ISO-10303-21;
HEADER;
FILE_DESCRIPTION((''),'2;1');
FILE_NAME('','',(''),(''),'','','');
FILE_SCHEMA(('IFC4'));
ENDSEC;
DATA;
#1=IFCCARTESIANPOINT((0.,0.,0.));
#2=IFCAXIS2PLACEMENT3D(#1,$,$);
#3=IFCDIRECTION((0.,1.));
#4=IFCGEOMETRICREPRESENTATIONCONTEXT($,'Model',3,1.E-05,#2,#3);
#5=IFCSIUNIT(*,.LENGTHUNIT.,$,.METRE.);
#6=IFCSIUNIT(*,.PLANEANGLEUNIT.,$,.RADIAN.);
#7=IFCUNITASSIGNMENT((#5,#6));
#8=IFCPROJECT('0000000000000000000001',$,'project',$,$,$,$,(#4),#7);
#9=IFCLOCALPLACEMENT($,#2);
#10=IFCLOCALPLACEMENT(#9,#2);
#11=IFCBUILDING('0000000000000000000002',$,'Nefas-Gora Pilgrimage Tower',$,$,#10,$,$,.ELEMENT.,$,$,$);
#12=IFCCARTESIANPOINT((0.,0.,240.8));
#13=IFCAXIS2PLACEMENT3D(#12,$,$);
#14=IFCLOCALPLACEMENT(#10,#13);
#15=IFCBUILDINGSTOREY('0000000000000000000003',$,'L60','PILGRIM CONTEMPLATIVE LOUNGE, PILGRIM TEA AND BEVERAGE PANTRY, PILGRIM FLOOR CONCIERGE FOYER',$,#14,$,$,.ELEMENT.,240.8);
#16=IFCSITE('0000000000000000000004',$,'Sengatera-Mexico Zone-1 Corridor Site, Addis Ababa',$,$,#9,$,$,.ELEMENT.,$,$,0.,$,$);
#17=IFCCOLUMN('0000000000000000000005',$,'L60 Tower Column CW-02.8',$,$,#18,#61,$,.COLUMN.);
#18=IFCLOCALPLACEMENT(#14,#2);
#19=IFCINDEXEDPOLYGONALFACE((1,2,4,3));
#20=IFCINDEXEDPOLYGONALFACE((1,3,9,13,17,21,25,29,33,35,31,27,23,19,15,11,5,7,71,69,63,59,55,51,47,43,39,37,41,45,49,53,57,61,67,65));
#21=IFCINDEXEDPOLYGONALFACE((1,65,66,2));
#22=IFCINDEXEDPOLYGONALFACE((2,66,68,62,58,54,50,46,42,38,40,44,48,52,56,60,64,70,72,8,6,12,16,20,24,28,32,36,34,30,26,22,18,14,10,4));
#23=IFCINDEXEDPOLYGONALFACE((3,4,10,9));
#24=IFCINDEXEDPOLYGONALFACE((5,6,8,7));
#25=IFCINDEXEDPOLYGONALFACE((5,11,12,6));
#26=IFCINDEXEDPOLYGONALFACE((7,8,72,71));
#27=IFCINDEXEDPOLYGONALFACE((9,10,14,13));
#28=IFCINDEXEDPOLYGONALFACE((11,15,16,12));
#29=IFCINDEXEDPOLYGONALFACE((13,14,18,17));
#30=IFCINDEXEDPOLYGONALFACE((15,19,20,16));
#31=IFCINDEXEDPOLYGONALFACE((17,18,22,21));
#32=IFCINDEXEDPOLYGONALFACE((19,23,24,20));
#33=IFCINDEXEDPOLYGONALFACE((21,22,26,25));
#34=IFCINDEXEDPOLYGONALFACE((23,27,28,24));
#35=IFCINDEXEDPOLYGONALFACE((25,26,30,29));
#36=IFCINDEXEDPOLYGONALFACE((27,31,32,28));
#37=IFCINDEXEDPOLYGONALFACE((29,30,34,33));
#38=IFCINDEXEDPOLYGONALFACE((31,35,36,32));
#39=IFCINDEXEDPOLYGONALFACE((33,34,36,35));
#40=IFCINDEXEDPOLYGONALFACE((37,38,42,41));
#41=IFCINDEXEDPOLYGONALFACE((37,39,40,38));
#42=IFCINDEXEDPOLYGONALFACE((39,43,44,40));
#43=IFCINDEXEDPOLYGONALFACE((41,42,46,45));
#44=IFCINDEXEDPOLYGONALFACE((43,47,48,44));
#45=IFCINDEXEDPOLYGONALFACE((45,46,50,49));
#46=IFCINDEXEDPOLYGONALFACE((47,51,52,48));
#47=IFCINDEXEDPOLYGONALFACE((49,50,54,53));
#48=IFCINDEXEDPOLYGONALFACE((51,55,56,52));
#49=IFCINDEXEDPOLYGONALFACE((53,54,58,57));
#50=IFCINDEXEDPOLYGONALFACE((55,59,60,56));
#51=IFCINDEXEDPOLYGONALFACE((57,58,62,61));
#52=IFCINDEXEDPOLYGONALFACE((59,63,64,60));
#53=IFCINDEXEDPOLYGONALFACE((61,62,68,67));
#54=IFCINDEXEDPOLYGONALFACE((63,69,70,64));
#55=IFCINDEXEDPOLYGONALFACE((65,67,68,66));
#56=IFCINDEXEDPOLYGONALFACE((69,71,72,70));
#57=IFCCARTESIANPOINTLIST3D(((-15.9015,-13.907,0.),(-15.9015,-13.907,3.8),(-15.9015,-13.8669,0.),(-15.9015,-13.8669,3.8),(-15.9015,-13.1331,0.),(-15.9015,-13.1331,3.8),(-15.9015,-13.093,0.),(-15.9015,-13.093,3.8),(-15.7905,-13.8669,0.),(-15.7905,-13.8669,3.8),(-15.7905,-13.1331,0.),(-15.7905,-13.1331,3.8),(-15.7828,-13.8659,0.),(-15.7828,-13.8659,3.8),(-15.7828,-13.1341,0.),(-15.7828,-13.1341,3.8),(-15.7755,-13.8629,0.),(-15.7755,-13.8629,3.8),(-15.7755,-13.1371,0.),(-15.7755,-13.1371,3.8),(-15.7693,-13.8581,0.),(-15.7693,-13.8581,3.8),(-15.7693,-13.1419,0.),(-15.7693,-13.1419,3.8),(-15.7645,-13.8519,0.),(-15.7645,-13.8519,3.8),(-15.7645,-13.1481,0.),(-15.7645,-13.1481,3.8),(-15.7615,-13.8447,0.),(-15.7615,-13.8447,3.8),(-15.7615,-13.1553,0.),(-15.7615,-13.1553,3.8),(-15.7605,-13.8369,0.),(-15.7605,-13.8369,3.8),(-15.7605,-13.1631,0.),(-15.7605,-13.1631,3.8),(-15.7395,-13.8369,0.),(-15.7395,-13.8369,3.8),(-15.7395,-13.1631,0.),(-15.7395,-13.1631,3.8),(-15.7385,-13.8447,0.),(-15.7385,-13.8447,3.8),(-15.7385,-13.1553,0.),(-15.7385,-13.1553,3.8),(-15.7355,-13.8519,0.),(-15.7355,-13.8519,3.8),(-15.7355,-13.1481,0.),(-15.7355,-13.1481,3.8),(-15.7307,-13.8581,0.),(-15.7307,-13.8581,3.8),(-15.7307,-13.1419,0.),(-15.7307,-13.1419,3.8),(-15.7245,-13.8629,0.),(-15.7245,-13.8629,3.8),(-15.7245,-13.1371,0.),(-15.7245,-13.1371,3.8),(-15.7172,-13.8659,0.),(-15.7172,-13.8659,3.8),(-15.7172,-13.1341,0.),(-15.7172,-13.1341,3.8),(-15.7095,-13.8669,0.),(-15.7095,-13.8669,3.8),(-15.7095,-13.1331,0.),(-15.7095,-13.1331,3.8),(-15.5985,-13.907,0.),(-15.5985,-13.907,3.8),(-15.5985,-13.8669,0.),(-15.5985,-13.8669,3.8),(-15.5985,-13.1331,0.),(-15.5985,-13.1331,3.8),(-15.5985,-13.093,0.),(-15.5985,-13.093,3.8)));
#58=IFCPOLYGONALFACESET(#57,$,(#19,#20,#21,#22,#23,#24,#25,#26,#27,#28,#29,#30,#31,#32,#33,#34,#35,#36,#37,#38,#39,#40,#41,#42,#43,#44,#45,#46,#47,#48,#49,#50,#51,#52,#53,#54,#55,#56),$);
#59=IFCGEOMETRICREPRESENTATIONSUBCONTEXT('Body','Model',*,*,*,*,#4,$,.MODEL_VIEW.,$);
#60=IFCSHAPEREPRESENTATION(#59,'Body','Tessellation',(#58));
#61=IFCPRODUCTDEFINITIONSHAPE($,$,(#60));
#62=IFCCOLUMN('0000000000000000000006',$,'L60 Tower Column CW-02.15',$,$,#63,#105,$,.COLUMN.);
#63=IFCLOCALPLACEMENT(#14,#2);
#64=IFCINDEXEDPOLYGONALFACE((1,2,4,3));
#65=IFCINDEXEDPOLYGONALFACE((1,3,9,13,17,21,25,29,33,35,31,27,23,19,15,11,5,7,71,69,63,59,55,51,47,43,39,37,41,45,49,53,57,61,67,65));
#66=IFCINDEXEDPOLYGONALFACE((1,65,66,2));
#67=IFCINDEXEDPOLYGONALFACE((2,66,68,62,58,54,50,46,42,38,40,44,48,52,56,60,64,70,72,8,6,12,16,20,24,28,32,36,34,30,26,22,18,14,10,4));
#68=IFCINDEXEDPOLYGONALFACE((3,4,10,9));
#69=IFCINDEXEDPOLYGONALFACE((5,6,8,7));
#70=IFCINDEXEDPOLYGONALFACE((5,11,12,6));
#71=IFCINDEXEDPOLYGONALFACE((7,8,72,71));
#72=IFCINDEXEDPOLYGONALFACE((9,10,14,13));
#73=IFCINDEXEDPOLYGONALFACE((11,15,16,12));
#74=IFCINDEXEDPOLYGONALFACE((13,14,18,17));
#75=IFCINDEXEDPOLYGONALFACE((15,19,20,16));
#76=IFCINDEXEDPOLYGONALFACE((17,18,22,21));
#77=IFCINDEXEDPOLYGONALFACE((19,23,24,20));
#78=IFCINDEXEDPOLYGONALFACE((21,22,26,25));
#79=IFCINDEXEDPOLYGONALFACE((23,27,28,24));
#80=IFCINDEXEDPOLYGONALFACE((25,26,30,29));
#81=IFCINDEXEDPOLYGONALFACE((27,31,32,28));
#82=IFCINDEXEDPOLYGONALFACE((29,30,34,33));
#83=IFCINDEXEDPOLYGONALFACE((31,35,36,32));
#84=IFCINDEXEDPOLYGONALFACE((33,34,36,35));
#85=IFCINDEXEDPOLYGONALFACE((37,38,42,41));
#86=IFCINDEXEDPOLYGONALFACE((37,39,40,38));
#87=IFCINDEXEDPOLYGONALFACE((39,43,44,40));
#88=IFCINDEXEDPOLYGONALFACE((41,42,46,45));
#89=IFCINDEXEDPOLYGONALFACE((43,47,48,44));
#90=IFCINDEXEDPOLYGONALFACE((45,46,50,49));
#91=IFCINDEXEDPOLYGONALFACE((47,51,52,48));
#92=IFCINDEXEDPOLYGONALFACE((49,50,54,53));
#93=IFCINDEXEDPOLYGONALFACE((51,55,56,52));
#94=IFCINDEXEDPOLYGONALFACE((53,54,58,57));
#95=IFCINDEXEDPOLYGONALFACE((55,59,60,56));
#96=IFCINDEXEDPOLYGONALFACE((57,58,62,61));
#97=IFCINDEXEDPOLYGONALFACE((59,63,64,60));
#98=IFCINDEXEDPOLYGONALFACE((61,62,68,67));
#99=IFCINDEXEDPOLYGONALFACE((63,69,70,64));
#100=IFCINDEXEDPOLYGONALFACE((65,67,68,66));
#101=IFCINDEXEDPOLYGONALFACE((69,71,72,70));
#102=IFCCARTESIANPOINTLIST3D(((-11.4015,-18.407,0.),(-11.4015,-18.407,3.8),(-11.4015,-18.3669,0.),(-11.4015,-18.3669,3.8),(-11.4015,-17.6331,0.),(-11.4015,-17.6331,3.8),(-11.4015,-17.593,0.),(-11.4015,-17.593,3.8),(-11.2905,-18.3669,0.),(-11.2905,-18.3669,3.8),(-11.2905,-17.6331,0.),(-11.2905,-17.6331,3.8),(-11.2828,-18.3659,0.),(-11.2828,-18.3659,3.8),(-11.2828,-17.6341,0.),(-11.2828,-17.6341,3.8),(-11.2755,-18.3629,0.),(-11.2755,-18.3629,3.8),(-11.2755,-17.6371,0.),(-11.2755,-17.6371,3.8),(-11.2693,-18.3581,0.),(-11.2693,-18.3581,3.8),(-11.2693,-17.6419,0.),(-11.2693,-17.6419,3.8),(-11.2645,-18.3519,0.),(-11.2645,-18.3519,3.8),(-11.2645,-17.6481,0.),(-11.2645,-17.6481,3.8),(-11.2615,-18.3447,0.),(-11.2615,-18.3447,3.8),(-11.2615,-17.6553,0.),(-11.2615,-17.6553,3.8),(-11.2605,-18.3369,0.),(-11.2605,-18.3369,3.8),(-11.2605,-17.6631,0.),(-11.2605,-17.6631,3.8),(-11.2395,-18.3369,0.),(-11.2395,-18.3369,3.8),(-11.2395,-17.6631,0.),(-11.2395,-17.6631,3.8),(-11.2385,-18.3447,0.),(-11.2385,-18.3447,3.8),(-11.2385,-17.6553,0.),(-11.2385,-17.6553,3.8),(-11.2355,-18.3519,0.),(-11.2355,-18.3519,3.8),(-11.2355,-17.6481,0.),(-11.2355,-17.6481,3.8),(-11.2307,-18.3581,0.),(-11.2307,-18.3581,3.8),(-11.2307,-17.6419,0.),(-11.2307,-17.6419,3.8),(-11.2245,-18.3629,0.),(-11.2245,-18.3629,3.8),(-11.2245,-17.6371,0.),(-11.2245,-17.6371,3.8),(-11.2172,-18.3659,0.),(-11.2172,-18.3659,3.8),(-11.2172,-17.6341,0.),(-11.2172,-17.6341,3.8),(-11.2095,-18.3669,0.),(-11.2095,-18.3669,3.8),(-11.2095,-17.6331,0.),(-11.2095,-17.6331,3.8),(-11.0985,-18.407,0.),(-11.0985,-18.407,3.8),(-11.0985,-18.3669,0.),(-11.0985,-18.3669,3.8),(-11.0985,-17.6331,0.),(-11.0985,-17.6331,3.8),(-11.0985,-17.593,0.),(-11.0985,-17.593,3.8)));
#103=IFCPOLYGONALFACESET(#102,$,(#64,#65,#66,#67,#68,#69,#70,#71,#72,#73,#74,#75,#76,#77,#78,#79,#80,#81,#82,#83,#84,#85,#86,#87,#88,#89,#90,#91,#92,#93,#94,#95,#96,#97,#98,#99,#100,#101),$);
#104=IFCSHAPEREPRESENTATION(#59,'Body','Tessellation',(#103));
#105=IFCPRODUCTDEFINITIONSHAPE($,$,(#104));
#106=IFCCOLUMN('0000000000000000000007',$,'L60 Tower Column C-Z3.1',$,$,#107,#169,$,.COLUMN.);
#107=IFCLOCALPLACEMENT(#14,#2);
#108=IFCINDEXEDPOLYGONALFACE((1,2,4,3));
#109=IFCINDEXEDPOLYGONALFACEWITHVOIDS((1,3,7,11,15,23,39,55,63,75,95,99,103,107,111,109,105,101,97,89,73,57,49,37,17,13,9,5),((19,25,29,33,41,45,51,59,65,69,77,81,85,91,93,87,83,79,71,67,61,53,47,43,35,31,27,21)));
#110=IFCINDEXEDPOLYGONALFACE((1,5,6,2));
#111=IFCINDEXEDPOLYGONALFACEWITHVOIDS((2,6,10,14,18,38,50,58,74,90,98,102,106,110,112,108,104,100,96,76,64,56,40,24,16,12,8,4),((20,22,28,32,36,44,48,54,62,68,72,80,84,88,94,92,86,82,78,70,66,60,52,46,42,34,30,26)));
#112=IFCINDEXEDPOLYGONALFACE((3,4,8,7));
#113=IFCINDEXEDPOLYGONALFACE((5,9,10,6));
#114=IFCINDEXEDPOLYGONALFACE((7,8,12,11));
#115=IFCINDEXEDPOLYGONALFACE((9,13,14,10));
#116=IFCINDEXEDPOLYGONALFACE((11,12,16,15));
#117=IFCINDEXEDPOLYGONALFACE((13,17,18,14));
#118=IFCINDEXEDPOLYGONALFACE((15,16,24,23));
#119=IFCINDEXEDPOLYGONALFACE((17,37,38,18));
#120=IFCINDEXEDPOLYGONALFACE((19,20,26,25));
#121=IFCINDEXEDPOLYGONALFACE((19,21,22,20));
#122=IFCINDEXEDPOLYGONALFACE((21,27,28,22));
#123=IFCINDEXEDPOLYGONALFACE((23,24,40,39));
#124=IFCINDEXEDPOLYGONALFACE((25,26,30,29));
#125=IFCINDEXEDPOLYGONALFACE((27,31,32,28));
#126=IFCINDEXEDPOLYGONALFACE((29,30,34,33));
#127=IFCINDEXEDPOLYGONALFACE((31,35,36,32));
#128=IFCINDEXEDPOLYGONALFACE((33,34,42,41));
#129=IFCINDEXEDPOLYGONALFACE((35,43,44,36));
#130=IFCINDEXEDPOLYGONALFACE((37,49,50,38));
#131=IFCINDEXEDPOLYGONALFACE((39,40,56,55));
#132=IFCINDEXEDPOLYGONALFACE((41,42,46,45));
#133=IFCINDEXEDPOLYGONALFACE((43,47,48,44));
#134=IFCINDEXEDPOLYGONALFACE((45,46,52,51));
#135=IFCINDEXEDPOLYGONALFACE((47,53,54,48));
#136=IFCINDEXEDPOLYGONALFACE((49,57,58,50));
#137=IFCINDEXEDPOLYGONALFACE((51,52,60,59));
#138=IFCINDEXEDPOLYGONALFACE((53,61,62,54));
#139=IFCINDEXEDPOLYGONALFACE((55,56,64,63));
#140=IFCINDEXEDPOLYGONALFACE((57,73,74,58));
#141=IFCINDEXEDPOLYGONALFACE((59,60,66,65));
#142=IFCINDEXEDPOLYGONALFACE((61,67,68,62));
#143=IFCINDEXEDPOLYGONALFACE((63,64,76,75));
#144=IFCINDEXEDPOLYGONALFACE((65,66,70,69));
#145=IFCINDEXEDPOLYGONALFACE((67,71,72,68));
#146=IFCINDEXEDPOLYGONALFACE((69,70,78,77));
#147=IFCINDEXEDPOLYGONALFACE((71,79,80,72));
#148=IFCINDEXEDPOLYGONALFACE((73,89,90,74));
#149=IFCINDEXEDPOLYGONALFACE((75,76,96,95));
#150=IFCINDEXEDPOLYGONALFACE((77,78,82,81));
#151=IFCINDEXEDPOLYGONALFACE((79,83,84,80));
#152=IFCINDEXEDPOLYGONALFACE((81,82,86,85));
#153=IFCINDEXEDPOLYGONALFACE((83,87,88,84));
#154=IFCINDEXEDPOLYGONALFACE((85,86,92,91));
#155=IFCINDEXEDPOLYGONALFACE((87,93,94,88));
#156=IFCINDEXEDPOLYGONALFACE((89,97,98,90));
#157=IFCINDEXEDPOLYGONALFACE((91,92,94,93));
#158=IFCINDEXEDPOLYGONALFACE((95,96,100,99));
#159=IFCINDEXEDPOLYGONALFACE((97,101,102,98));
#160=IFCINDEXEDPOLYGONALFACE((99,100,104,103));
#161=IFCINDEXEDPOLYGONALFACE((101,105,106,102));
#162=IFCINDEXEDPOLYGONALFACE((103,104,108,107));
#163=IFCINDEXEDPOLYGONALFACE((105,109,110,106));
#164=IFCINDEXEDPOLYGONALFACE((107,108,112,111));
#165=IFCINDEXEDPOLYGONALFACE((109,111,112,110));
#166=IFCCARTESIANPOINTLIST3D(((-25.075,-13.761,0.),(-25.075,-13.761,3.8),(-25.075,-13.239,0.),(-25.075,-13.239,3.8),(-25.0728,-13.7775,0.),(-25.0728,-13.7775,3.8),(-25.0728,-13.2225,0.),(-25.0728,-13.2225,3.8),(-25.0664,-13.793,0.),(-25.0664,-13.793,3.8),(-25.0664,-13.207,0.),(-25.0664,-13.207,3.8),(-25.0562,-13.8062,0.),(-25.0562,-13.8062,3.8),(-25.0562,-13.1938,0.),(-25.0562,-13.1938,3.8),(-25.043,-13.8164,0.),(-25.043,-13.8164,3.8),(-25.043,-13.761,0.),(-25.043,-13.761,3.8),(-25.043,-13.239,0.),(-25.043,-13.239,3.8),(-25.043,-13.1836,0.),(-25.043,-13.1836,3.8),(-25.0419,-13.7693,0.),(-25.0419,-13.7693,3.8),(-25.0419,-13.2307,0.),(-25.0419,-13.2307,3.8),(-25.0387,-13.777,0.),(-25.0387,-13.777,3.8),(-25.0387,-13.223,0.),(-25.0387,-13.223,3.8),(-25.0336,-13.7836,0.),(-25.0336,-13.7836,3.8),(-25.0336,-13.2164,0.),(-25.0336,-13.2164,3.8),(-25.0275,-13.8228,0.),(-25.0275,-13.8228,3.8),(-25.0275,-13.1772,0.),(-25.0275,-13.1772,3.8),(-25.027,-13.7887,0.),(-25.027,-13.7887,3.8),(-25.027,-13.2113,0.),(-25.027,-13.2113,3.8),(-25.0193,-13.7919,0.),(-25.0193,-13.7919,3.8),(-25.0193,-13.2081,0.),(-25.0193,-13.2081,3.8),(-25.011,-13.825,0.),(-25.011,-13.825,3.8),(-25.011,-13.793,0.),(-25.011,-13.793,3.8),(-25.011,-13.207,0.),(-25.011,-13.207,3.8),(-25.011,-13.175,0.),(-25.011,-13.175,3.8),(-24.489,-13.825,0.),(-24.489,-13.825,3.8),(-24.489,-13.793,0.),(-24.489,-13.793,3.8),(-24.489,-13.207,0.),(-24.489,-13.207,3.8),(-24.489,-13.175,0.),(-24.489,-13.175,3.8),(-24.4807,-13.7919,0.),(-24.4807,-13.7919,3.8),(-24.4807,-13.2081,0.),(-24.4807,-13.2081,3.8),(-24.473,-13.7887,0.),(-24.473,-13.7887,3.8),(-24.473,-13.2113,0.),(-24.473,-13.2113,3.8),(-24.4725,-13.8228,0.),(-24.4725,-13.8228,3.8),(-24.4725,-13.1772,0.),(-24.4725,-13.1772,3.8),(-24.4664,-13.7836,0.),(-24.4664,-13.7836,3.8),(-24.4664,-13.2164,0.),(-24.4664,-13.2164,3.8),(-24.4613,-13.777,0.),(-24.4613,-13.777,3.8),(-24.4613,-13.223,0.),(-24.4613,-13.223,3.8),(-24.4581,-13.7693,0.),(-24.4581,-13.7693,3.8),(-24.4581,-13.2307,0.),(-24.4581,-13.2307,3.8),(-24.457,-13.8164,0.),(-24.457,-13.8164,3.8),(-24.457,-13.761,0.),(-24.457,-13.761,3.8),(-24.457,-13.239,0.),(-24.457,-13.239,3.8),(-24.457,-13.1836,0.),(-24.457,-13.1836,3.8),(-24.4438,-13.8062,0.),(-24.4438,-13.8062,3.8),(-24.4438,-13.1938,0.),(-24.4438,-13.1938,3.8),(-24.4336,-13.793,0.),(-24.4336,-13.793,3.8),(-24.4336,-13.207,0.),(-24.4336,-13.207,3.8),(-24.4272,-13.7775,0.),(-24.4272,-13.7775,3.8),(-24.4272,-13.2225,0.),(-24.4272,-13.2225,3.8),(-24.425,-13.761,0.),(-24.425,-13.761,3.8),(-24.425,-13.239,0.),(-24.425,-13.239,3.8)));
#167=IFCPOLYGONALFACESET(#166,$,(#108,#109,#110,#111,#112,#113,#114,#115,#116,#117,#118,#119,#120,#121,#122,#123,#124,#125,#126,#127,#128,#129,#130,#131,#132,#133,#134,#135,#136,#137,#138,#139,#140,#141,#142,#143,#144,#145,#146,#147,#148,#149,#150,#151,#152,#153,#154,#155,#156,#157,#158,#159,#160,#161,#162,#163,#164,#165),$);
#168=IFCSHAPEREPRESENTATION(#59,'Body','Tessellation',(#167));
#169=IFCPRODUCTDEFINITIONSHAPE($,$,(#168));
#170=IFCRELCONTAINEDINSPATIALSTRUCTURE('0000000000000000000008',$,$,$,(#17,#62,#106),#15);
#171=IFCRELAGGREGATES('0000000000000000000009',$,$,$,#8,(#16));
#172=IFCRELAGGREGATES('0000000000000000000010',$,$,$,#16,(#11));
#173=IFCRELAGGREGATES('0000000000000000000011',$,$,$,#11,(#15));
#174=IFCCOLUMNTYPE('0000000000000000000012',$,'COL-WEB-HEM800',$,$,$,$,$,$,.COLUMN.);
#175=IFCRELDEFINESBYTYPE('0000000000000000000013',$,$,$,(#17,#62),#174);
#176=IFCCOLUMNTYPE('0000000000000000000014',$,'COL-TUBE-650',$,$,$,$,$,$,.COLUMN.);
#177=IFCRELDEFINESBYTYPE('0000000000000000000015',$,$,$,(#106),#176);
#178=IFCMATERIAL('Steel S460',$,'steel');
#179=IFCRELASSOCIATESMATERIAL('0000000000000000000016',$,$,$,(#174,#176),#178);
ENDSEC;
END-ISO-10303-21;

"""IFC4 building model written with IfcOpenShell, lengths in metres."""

from ifc_helpers import new_model, si_unit, direction, frame, origin, origin_2d, place, context, subcontext, project, spatial, hollow_rectangle, i_section, extrude, source, transform, mapped, material, material_profile, profile_set, type_object, element, save


model = new_model("IFC4")

# Units and contexts
model_context = context("Model", 3, precision=1e-05, world=origin(), true_north=direction((0.0, 1.0)))
body_context = subcontext(model_context, "Body", "Model", "MODEL_VIEW")
ifc_project = project(units=[si_unit("LENGTHUNIT", "METRE"), si_unit("PLANEANGLEUNIT", "RADIAN")], contexts=[model_context])

# Site, building, storey
site_placement = place(None, origin())
site = spatial("IfcSite", under=ifc_project, at=site_placement, Name="Sengatera-Mexico Zone-1 Corridor Site, Addis Ababa", CompositionType="ELEMENT", RefElevation=0.0)
building_placement = place(site_placement, origin())
building = spatial("IfcBuilding", under=site, at=building_placement, Name="Nefas-Gora Pilgrimage Tower", CompositionType="ELEMENT")
storey_placement = place(building_placement, frame((0.0, 0.0, 240.8)))
storey = spatial("IfcBuildingStorey", under=building, at=storey_placement, Name="L60", Description="PILGRIM CONTEMPLATIVE LOUNGE, PILGRIM TEA AND BEVERAGE PANTRY, PILGRIM FLOOR CONCIERGE FOYER", CompositionType="ELEMENT", Elevation=240.8)

# Columns
ifc_material_1 = material(Name="Steel S460", Category="steel")
ifc_material_profile_1 = material_profile(ifc_material_1, i_section(OverallWidth=0.303, OverallDepth=0.814, WebThickness=0.021, FlangeThickness=0.04, FilletRadius=0.03, at=origin_2d()), Name="HEM 800")
ifc_profile_set_1 = profile_set([ifc_material_profile_1], Name="Steel S460")
column_type_1 = type_object("IfcColumnType", Name="COL-WEB-HEM800", PredefinedType="COLUMN", material=ifc_profile_set_1)
shared_shape_1 = source(origin(), body_context, "Body", "SweptSolid", [
    extrude(i_section(OverallWidth=0.303, OverallDepth=0.814, WebThickness=0.021, FlangeThickness=0.04, FilletRadius=0.03, at=origin_2d()), origin(), (0.0, 0.0, 1.0), 3.8),
])
for number, where, z_axis, x_axis, name in (
    (1, (-15.75, -13.5, 0.0), (0.0, 0.0, 1.0), (1.0, 0.0, 0.0), "L60 Tower Column CW-02.8"),
    (2, (-11.25, -18.0, 0.0), (0.0, 0.0, 1.0), (1.0, 0.0, 0.0), "L60 Tower Column CW-02.15"),
):
    element("IfcColumn", number, at=place(storey_placement, frame(where, z_axis=z_axis, x_axis=x_axis)), inside=storey, type_object=column_type_1, Name=name, PredefinedType="COLUMN", context=body_context, shape_type="MappedRepresentation", body=[
        mapped(shared_shape_1, transform((0.0, 0.0, 0.0), x_axis=(1.0, 0.0, 0.0), y_axis=(0.0, 1.0, 0.0), z_axis=(0.0, 0.0, 1.0), scale=1.0)),
    ])
ifc_material_profile_2 = material_profile(ifc_material_1, hollow_rectangle(XDim=0.6499, YDim=0.6499, WallThickness=0.032, InnerFilletRadius=0.032, OuterFilletRadius=0.064, at=origin_2d()), Name="BOX 650x650x32")
ifc_profile_set_2 = profile_set([ifc_material_profile_2], Name="Steel S460")
column_type_2 = type_object("IfcColumnType", Name="COL-TUBE-650", PredefinedType="COLUMN", material=ifc_profile_set_2)
shared_shape_2 = source(origin(), body_context, "Body", "SweptSolid", [
    extrude(hollow_rectangle(XDim=0.6499, YDim=0.6499, WallThickness=0.032, InnerFilletRadius=0.032, OuterFilletRadius=0.064, at=origin_2d()), origin(), (0.0, 0.0, 1.0), 3.8),
])
column_placement = place(storey_placement, frame((-24.75, -13.5, 0.0), z_axis=(0.0, 0.0, 1.0), x_axis=(1.0, 0.0, 0.0)))
element("IfcColumn", 3, at=column_placement, inside=storey, type_object=column_type_2, Name="L60 Tower Column C-Z3.1", PredefinedType="COLUMN", context=body_context, shape_type="MappedRepresentation", body=[
    mapped(shared_shape_2, transform((0.0, 0.0, 0.0), x_axis=(1.0, 0.0, 0.0), y_axis=(0.0, 1.0, 0.0), z_axis=(0.0, 0.0, 1.0), scale=1.0)),
])

save(model, "model.ifc")
